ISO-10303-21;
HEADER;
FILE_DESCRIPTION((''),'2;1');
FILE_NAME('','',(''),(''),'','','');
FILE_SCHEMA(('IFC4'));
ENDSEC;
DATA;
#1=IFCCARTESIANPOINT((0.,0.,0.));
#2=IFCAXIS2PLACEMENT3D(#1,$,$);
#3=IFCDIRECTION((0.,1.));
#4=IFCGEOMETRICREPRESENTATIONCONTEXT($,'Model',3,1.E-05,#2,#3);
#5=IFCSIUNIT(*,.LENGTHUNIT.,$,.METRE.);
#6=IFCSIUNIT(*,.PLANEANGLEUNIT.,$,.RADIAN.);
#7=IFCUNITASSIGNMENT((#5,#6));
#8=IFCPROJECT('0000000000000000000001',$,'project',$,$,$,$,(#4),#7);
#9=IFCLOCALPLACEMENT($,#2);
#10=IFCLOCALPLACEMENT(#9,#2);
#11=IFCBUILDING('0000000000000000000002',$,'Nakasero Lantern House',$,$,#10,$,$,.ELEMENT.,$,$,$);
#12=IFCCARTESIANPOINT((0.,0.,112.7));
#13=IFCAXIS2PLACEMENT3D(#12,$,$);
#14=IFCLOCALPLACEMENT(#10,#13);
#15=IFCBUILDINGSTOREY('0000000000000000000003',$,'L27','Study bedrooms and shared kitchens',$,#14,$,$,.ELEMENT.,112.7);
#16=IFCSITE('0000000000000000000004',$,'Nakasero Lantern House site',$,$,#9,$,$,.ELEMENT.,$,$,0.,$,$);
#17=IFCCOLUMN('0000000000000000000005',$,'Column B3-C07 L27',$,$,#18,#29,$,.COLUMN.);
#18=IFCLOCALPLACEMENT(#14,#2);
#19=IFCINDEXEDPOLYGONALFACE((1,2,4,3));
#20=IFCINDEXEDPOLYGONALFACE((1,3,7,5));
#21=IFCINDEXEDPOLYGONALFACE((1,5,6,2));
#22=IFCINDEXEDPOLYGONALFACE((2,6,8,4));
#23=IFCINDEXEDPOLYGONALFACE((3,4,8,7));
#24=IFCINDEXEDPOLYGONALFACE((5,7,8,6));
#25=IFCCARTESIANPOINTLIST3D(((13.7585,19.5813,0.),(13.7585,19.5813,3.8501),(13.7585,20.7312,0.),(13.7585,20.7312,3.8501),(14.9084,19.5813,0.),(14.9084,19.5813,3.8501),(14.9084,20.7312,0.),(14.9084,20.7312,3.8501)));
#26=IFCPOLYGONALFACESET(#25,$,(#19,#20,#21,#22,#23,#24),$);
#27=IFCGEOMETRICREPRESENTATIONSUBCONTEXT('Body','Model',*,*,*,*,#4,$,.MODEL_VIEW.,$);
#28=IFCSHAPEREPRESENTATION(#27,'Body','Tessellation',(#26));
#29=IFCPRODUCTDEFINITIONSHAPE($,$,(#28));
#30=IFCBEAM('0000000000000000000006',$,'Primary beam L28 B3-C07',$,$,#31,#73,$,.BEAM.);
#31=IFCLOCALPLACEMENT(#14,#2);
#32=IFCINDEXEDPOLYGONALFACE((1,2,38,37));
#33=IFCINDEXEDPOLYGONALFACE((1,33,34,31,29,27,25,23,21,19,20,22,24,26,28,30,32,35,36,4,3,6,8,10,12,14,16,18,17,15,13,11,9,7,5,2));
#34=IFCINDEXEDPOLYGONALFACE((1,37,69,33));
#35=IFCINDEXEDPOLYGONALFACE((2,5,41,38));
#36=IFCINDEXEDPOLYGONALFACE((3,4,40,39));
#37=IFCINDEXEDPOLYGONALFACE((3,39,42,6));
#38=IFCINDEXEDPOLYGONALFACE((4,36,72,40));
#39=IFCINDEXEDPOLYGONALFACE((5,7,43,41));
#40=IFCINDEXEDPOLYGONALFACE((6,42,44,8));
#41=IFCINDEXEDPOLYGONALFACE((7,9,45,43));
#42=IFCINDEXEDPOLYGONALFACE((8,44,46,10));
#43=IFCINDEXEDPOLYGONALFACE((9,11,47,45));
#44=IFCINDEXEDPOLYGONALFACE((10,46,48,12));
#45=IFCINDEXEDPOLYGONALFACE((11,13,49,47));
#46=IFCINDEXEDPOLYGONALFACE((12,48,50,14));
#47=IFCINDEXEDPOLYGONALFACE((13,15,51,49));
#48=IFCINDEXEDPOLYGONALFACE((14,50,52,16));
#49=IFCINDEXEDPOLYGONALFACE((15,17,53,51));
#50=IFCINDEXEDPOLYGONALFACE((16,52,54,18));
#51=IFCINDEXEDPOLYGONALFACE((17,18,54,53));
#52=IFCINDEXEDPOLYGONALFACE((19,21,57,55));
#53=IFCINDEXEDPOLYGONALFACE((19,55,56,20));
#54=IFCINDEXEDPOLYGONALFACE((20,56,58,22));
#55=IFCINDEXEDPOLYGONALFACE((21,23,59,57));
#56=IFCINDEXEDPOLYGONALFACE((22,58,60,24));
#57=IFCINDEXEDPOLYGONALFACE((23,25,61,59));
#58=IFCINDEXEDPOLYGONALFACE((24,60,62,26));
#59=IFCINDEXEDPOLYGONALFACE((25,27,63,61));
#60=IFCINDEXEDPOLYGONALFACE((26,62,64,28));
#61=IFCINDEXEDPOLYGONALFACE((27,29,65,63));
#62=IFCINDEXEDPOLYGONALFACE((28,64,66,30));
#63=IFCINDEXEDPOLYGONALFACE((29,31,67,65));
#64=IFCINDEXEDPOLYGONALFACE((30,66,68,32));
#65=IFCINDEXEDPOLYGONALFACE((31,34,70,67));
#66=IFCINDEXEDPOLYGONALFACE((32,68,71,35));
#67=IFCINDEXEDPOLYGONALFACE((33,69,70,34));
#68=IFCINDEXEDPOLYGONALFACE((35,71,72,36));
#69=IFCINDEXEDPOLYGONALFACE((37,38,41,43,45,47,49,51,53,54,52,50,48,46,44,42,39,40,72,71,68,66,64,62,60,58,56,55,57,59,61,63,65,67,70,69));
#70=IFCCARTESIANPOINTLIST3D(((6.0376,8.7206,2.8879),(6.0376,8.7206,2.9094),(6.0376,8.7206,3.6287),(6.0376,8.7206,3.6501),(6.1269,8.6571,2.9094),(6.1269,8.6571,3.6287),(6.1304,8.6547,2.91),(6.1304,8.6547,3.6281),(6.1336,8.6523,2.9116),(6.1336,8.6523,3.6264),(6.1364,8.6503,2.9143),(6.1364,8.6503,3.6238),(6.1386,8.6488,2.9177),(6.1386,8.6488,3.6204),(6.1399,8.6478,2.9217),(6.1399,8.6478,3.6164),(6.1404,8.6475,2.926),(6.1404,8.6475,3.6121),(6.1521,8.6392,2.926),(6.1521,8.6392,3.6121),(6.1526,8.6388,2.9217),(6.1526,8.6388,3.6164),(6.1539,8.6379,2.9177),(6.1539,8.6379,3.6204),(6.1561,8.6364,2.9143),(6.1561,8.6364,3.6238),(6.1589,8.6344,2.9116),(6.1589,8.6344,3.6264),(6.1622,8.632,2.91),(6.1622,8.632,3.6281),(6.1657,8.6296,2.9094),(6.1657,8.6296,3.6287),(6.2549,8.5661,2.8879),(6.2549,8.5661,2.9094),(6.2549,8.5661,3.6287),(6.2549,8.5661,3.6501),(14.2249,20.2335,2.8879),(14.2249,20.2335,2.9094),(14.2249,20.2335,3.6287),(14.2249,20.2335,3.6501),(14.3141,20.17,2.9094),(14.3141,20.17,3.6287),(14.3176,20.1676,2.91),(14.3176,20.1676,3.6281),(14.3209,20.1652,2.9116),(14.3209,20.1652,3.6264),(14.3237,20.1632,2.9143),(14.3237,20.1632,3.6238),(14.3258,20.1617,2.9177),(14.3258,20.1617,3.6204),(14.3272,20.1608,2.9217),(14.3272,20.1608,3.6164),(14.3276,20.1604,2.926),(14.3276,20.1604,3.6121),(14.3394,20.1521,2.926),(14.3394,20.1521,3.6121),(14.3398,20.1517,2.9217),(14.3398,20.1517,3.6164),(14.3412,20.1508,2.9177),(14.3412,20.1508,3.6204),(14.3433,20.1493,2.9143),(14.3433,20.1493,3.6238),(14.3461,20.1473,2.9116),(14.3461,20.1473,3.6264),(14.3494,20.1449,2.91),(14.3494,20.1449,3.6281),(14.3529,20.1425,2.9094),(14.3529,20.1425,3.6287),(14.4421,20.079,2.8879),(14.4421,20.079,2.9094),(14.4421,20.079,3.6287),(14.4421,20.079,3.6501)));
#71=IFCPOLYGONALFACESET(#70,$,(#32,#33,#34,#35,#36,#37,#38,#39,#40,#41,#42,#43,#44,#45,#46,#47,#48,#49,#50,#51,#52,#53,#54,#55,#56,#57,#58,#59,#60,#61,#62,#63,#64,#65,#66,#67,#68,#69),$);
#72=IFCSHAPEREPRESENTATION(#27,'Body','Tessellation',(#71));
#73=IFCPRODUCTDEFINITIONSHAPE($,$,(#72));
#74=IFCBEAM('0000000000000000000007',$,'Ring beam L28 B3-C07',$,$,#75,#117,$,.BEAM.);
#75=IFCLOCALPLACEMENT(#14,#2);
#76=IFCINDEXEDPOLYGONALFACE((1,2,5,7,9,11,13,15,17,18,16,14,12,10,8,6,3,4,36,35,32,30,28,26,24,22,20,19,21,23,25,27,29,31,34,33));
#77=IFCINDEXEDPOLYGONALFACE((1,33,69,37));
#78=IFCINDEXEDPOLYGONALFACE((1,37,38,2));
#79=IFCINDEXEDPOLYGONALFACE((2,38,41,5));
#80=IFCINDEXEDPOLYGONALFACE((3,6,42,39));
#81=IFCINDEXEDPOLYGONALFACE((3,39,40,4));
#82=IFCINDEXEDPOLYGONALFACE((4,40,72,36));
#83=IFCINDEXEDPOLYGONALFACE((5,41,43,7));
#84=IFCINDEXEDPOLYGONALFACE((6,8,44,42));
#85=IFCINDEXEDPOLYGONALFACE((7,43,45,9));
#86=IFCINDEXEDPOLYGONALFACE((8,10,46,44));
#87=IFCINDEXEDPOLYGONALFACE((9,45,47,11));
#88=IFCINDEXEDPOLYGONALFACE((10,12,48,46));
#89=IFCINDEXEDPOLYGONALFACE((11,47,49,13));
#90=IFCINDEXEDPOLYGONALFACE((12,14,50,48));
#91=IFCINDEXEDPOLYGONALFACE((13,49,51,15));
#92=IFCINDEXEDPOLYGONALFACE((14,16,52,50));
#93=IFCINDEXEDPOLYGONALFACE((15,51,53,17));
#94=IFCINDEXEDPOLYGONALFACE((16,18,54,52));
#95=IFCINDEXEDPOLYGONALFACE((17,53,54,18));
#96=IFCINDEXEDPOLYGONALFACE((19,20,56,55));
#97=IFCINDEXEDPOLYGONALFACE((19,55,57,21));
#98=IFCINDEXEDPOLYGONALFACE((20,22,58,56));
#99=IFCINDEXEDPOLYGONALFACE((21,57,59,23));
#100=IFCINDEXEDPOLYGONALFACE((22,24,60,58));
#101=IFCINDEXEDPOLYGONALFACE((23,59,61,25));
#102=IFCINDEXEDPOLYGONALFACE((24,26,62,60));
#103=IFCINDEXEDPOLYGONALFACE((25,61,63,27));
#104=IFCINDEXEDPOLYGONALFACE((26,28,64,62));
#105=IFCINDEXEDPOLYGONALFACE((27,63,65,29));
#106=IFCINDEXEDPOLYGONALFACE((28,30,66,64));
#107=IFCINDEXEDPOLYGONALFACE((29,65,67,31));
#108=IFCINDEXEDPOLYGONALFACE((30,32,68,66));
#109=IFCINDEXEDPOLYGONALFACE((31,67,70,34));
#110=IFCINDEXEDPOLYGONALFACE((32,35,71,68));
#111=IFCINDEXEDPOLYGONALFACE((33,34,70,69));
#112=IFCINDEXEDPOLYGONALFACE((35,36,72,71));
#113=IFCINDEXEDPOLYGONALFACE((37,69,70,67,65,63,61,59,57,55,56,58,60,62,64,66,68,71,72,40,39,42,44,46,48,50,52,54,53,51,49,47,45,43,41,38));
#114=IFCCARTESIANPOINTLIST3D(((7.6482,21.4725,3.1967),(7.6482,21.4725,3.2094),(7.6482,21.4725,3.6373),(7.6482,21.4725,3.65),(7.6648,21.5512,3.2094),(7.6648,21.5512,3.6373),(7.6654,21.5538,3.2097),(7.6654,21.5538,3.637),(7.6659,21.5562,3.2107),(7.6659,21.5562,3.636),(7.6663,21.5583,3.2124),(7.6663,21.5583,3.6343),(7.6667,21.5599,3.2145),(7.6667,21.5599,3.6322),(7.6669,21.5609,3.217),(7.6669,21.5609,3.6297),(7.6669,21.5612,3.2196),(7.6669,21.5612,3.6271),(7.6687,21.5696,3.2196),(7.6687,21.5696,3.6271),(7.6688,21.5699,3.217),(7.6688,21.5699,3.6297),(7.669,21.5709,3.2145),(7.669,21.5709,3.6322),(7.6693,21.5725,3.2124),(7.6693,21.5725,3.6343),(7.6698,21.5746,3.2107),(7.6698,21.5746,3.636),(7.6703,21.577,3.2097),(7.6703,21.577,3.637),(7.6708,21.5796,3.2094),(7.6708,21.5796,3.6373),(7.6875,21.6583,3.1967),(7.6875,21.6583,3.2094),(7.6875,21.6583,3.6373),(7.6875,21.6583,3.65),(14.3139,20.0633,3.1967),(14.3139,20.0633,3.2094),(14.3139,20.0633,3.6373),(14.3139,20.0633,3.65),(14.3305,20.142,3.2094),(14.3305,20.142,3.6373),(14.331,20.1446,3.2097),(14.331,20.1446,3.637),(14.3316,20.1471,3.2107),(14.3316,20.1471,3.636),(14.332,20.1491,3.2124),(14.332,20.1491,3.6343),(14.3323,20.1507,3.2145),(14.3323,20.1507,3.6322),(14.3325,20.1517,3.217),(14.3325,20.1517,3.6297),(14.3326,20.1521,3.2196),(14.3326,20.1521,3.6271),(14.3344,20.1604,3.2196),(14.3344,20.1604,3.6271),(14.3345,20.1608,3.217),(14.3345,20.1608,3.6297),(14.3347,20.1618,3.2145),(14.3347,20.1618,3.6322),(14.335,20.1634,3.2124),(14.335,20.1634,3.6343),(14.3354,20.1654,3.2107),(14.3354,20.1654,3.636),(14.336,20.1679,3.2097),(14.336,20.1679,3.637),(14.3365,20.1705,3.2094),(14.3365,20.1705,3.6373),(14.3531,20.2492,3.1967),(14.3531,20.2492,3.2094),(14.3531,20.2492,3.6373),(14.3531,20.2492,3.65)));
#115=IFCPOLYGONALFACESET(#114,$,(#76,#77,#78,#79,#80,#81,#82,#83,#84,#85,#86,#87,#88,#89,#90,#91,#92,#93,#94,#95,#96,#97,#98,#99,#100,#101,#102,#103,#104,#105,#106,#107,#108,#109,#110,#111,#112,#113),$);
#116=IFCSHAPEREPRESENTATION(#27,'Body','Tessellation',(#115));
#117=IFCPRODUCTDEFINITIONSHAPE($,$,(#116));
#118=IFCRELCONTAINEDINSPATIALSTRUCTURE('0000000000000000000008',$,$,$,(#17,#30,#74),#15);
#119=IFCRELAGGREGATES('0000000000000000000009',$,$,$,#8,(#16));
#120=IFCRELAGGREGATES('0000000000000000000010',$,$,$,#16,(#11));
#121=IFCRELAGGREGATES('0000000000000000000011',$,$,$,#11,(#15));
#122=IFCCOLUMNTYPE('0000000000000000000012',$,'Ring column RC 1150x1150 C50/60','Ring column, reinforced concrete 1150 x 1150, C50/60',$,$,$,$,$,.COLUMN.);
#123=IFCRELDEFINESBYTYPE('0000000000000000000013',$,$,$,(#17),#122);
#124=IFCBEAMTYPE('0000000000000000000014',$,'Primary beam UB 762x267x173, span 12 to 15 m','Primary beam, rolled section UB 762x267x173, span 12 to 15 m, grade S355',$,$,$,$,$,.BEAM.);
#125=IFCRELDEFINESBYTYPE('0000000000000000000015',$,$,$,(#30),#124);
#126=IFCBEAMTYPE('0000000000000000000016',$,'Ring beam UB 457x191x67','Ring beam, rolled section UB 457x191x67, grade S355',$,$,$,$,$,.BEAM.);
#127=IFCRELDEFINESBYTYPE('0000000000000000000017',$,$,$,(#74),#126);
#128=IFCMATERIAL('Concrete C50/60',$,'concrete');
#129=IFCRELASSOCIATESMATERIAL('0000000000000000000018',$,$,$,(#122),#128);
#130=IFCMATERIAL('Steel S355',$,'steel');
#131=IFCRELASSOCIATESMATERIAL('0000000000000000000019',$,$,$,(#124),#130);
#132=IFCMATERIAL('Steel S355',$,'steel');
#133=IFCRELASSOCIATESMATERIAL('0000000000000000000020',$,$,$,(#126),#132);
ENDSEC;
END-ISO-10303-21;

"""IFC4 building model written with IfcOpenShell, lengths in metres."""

from ifc_helpers import new_model, si_unit, direction, frame, origin, origin_2d, place, context, subcontext, project, spatial, rectangle, i_section, extrude, material, material_profile, profile_set, type_object, element, save


model = new_model("IFC4")

# Units and contexts
model_context = context("Model", 3, precision=1e-05, world=origin(), true_north=direction((0.0, 1.0)))
body_context = subcontext(model_context, "Body", "Model", "MODEL_VIEW")
ifc_project = project(units=[si_unit("LENGTHUNIT", "METRE"), si_unit("PLANEANGLEUNIT", "RADIAN")], contexts=[model_context])

# Site, building, storey
site_placement = place(None, origin())
site = spatial("IfcSite", under=ifc_project, at=site_placement, Name="Nakasero Lantern House site", CompositionType="ELEMENT", RefElevation=0.0)
building_placement = place(site_placement, origin())
building = spatial("IfcBuilding", under=site, at=building_placement, Name="Nakasero Lantern House", CompositionType="ELEMENT")
storey_placement = place(building_placement, frame((0.0, 0.0, 112.7)))
storey = spatial("IfcBuildingStorey", under=building, at=storey_placement, Name="L27", Description="Study bedrooms and shared kitchens", CompositionType="ELEMENT", Elevation=112.7)

# Column
ifc_material_1 = material(Name="Concrete C50/60", Category="concrete")
ifc_material_profile_1 = material_profile(ifc_material_1, rectangle(XDim=1.1499, YDim=1.1499, at=origin_2d()), Name="RC 1150x1150")
ifc_profile_set_1 = profile_set([ifc_material_profile_1], Name="Concrete C50/60")
column_type = type_object("IfcColumnType", Name="Ring column RC 1150x1150 C50/60", Description="Ring column, reinforced concrete 1150 x 1150, C50/60", PredefinedType="COLUMN", material=ifc_profile_set_1)
column_placement = place(storey_placement, frame((14.3335, 20.1562, 0.0), z_axis=(0.0, 0.0, 1.0), x_axis=(1.0, 0.0, 0.0)))
element("IfcColumn", 1, at=column_placement, inside=storey, type_object=column_type, Name="Column B3-C07 L27", PredefinedType="COLUMN", context=body_context, shape_type="SweptSolid", body=[
    extrude(rectangle(XDim=1.1499, YDim=1.1499, at=origin_2d()), origin(), (0.0, 0.0, 1.0), 3.8501),
])

# Beams
ifc_material_2 = material(Name="Steel S355", Category="steel")
ifc_material_profile_2 = material_profile(ifc_material_2, i_section(OverallWidth=0.2666, OverallDepth=0.7622, WebThickness=0.0144, FlangeThickness=0.0215, FilletRadius=0.0166, at=origin_2d()), Name="UB 762x267x173")
ifc_profile_set_2 = profile_set([ifc_material_profile_2], Name="Steel S355")
beam_type_1 = type_object("IfcBeamType", Name="Primary beam UB 762x267x173, span 12 to 15 m", Description="Primary beam, rolled section UB 762x267x173, span 12 to 15 m, grade S355", PredefinedType="BEAM", material=ifc_profile_set_2)
beam_1_placement = place(storey_placement, frame((14.3335, 20.1562, 3.269), z_axis=(-0.579537, -0.814946, 0.0), x_axis=(0.814946, -0.579537, 0.0)))
element("IfcBeam", 2, at=beam_1_placement, inside=storey, type_object=beam_type_1, Name="Primary beam L28 B3-C07", PredefinedType="BEAM", context=body_context, shape_type="SweptSolid", body=[
    extrude(i_section(OverallWidth=0.2666, OverallDepth=0.7622, WebThickness=0.0144, FlangeThickness=0.0215, FilletRadius=0.0166, at=origin_2d()), origin(), (0.0, 0.0, 1.0), 14.1272),
])
ifc_material_3 = material(Name="Steel S355", Category="steel")
ifc_material_profile_3 = material_profile(ifc_material_3, i_section(OverallWidth=0.1899, OverallDepth=0.4534, WebThickness=0.0085, FlangeThickness=0.0127, FilletRadius=0.0103, at=origin_2d()), Name="UB 457x191x67")
ifc_profile_set_3 = profile_set([ifc_material_profile_3], Name="Steel S355")
beam_type_2 = type_object("IfcBeamType", Name="Ring beam UB 457x191x67", Description="Ring beam, rolled section UB 457x191x67, grade S355", PredefinedType="BEAM", material=ifc_profile_set_3)
beam_2_placement = place(storey_placement, frame((14.3335, 20.1562, 3.4233), z_axis=(-0.978376, 0.206834, 0.0), x_axis=(-0.206834, -0.978376, 0.0)))
element("IfcBeam", 3, at=beam_2_placement, inside=storey, type_object=beam_type_2, Name="Ring beam L28 B3-C07", PredefinedType="BEAM", context=body_context, shape_type="SweptSolid", body=[
    extrude(i_section(OverallWidth=0.1899, OverallDepth=0.4534, WebThickness=0.0085, FlangeThickness=0.0127, FilletRadius=0.0103, at=origin_2d()), origin(), (0.0, 0.0, 1.0), 6.813),
])

save(model, "model.ifc")
